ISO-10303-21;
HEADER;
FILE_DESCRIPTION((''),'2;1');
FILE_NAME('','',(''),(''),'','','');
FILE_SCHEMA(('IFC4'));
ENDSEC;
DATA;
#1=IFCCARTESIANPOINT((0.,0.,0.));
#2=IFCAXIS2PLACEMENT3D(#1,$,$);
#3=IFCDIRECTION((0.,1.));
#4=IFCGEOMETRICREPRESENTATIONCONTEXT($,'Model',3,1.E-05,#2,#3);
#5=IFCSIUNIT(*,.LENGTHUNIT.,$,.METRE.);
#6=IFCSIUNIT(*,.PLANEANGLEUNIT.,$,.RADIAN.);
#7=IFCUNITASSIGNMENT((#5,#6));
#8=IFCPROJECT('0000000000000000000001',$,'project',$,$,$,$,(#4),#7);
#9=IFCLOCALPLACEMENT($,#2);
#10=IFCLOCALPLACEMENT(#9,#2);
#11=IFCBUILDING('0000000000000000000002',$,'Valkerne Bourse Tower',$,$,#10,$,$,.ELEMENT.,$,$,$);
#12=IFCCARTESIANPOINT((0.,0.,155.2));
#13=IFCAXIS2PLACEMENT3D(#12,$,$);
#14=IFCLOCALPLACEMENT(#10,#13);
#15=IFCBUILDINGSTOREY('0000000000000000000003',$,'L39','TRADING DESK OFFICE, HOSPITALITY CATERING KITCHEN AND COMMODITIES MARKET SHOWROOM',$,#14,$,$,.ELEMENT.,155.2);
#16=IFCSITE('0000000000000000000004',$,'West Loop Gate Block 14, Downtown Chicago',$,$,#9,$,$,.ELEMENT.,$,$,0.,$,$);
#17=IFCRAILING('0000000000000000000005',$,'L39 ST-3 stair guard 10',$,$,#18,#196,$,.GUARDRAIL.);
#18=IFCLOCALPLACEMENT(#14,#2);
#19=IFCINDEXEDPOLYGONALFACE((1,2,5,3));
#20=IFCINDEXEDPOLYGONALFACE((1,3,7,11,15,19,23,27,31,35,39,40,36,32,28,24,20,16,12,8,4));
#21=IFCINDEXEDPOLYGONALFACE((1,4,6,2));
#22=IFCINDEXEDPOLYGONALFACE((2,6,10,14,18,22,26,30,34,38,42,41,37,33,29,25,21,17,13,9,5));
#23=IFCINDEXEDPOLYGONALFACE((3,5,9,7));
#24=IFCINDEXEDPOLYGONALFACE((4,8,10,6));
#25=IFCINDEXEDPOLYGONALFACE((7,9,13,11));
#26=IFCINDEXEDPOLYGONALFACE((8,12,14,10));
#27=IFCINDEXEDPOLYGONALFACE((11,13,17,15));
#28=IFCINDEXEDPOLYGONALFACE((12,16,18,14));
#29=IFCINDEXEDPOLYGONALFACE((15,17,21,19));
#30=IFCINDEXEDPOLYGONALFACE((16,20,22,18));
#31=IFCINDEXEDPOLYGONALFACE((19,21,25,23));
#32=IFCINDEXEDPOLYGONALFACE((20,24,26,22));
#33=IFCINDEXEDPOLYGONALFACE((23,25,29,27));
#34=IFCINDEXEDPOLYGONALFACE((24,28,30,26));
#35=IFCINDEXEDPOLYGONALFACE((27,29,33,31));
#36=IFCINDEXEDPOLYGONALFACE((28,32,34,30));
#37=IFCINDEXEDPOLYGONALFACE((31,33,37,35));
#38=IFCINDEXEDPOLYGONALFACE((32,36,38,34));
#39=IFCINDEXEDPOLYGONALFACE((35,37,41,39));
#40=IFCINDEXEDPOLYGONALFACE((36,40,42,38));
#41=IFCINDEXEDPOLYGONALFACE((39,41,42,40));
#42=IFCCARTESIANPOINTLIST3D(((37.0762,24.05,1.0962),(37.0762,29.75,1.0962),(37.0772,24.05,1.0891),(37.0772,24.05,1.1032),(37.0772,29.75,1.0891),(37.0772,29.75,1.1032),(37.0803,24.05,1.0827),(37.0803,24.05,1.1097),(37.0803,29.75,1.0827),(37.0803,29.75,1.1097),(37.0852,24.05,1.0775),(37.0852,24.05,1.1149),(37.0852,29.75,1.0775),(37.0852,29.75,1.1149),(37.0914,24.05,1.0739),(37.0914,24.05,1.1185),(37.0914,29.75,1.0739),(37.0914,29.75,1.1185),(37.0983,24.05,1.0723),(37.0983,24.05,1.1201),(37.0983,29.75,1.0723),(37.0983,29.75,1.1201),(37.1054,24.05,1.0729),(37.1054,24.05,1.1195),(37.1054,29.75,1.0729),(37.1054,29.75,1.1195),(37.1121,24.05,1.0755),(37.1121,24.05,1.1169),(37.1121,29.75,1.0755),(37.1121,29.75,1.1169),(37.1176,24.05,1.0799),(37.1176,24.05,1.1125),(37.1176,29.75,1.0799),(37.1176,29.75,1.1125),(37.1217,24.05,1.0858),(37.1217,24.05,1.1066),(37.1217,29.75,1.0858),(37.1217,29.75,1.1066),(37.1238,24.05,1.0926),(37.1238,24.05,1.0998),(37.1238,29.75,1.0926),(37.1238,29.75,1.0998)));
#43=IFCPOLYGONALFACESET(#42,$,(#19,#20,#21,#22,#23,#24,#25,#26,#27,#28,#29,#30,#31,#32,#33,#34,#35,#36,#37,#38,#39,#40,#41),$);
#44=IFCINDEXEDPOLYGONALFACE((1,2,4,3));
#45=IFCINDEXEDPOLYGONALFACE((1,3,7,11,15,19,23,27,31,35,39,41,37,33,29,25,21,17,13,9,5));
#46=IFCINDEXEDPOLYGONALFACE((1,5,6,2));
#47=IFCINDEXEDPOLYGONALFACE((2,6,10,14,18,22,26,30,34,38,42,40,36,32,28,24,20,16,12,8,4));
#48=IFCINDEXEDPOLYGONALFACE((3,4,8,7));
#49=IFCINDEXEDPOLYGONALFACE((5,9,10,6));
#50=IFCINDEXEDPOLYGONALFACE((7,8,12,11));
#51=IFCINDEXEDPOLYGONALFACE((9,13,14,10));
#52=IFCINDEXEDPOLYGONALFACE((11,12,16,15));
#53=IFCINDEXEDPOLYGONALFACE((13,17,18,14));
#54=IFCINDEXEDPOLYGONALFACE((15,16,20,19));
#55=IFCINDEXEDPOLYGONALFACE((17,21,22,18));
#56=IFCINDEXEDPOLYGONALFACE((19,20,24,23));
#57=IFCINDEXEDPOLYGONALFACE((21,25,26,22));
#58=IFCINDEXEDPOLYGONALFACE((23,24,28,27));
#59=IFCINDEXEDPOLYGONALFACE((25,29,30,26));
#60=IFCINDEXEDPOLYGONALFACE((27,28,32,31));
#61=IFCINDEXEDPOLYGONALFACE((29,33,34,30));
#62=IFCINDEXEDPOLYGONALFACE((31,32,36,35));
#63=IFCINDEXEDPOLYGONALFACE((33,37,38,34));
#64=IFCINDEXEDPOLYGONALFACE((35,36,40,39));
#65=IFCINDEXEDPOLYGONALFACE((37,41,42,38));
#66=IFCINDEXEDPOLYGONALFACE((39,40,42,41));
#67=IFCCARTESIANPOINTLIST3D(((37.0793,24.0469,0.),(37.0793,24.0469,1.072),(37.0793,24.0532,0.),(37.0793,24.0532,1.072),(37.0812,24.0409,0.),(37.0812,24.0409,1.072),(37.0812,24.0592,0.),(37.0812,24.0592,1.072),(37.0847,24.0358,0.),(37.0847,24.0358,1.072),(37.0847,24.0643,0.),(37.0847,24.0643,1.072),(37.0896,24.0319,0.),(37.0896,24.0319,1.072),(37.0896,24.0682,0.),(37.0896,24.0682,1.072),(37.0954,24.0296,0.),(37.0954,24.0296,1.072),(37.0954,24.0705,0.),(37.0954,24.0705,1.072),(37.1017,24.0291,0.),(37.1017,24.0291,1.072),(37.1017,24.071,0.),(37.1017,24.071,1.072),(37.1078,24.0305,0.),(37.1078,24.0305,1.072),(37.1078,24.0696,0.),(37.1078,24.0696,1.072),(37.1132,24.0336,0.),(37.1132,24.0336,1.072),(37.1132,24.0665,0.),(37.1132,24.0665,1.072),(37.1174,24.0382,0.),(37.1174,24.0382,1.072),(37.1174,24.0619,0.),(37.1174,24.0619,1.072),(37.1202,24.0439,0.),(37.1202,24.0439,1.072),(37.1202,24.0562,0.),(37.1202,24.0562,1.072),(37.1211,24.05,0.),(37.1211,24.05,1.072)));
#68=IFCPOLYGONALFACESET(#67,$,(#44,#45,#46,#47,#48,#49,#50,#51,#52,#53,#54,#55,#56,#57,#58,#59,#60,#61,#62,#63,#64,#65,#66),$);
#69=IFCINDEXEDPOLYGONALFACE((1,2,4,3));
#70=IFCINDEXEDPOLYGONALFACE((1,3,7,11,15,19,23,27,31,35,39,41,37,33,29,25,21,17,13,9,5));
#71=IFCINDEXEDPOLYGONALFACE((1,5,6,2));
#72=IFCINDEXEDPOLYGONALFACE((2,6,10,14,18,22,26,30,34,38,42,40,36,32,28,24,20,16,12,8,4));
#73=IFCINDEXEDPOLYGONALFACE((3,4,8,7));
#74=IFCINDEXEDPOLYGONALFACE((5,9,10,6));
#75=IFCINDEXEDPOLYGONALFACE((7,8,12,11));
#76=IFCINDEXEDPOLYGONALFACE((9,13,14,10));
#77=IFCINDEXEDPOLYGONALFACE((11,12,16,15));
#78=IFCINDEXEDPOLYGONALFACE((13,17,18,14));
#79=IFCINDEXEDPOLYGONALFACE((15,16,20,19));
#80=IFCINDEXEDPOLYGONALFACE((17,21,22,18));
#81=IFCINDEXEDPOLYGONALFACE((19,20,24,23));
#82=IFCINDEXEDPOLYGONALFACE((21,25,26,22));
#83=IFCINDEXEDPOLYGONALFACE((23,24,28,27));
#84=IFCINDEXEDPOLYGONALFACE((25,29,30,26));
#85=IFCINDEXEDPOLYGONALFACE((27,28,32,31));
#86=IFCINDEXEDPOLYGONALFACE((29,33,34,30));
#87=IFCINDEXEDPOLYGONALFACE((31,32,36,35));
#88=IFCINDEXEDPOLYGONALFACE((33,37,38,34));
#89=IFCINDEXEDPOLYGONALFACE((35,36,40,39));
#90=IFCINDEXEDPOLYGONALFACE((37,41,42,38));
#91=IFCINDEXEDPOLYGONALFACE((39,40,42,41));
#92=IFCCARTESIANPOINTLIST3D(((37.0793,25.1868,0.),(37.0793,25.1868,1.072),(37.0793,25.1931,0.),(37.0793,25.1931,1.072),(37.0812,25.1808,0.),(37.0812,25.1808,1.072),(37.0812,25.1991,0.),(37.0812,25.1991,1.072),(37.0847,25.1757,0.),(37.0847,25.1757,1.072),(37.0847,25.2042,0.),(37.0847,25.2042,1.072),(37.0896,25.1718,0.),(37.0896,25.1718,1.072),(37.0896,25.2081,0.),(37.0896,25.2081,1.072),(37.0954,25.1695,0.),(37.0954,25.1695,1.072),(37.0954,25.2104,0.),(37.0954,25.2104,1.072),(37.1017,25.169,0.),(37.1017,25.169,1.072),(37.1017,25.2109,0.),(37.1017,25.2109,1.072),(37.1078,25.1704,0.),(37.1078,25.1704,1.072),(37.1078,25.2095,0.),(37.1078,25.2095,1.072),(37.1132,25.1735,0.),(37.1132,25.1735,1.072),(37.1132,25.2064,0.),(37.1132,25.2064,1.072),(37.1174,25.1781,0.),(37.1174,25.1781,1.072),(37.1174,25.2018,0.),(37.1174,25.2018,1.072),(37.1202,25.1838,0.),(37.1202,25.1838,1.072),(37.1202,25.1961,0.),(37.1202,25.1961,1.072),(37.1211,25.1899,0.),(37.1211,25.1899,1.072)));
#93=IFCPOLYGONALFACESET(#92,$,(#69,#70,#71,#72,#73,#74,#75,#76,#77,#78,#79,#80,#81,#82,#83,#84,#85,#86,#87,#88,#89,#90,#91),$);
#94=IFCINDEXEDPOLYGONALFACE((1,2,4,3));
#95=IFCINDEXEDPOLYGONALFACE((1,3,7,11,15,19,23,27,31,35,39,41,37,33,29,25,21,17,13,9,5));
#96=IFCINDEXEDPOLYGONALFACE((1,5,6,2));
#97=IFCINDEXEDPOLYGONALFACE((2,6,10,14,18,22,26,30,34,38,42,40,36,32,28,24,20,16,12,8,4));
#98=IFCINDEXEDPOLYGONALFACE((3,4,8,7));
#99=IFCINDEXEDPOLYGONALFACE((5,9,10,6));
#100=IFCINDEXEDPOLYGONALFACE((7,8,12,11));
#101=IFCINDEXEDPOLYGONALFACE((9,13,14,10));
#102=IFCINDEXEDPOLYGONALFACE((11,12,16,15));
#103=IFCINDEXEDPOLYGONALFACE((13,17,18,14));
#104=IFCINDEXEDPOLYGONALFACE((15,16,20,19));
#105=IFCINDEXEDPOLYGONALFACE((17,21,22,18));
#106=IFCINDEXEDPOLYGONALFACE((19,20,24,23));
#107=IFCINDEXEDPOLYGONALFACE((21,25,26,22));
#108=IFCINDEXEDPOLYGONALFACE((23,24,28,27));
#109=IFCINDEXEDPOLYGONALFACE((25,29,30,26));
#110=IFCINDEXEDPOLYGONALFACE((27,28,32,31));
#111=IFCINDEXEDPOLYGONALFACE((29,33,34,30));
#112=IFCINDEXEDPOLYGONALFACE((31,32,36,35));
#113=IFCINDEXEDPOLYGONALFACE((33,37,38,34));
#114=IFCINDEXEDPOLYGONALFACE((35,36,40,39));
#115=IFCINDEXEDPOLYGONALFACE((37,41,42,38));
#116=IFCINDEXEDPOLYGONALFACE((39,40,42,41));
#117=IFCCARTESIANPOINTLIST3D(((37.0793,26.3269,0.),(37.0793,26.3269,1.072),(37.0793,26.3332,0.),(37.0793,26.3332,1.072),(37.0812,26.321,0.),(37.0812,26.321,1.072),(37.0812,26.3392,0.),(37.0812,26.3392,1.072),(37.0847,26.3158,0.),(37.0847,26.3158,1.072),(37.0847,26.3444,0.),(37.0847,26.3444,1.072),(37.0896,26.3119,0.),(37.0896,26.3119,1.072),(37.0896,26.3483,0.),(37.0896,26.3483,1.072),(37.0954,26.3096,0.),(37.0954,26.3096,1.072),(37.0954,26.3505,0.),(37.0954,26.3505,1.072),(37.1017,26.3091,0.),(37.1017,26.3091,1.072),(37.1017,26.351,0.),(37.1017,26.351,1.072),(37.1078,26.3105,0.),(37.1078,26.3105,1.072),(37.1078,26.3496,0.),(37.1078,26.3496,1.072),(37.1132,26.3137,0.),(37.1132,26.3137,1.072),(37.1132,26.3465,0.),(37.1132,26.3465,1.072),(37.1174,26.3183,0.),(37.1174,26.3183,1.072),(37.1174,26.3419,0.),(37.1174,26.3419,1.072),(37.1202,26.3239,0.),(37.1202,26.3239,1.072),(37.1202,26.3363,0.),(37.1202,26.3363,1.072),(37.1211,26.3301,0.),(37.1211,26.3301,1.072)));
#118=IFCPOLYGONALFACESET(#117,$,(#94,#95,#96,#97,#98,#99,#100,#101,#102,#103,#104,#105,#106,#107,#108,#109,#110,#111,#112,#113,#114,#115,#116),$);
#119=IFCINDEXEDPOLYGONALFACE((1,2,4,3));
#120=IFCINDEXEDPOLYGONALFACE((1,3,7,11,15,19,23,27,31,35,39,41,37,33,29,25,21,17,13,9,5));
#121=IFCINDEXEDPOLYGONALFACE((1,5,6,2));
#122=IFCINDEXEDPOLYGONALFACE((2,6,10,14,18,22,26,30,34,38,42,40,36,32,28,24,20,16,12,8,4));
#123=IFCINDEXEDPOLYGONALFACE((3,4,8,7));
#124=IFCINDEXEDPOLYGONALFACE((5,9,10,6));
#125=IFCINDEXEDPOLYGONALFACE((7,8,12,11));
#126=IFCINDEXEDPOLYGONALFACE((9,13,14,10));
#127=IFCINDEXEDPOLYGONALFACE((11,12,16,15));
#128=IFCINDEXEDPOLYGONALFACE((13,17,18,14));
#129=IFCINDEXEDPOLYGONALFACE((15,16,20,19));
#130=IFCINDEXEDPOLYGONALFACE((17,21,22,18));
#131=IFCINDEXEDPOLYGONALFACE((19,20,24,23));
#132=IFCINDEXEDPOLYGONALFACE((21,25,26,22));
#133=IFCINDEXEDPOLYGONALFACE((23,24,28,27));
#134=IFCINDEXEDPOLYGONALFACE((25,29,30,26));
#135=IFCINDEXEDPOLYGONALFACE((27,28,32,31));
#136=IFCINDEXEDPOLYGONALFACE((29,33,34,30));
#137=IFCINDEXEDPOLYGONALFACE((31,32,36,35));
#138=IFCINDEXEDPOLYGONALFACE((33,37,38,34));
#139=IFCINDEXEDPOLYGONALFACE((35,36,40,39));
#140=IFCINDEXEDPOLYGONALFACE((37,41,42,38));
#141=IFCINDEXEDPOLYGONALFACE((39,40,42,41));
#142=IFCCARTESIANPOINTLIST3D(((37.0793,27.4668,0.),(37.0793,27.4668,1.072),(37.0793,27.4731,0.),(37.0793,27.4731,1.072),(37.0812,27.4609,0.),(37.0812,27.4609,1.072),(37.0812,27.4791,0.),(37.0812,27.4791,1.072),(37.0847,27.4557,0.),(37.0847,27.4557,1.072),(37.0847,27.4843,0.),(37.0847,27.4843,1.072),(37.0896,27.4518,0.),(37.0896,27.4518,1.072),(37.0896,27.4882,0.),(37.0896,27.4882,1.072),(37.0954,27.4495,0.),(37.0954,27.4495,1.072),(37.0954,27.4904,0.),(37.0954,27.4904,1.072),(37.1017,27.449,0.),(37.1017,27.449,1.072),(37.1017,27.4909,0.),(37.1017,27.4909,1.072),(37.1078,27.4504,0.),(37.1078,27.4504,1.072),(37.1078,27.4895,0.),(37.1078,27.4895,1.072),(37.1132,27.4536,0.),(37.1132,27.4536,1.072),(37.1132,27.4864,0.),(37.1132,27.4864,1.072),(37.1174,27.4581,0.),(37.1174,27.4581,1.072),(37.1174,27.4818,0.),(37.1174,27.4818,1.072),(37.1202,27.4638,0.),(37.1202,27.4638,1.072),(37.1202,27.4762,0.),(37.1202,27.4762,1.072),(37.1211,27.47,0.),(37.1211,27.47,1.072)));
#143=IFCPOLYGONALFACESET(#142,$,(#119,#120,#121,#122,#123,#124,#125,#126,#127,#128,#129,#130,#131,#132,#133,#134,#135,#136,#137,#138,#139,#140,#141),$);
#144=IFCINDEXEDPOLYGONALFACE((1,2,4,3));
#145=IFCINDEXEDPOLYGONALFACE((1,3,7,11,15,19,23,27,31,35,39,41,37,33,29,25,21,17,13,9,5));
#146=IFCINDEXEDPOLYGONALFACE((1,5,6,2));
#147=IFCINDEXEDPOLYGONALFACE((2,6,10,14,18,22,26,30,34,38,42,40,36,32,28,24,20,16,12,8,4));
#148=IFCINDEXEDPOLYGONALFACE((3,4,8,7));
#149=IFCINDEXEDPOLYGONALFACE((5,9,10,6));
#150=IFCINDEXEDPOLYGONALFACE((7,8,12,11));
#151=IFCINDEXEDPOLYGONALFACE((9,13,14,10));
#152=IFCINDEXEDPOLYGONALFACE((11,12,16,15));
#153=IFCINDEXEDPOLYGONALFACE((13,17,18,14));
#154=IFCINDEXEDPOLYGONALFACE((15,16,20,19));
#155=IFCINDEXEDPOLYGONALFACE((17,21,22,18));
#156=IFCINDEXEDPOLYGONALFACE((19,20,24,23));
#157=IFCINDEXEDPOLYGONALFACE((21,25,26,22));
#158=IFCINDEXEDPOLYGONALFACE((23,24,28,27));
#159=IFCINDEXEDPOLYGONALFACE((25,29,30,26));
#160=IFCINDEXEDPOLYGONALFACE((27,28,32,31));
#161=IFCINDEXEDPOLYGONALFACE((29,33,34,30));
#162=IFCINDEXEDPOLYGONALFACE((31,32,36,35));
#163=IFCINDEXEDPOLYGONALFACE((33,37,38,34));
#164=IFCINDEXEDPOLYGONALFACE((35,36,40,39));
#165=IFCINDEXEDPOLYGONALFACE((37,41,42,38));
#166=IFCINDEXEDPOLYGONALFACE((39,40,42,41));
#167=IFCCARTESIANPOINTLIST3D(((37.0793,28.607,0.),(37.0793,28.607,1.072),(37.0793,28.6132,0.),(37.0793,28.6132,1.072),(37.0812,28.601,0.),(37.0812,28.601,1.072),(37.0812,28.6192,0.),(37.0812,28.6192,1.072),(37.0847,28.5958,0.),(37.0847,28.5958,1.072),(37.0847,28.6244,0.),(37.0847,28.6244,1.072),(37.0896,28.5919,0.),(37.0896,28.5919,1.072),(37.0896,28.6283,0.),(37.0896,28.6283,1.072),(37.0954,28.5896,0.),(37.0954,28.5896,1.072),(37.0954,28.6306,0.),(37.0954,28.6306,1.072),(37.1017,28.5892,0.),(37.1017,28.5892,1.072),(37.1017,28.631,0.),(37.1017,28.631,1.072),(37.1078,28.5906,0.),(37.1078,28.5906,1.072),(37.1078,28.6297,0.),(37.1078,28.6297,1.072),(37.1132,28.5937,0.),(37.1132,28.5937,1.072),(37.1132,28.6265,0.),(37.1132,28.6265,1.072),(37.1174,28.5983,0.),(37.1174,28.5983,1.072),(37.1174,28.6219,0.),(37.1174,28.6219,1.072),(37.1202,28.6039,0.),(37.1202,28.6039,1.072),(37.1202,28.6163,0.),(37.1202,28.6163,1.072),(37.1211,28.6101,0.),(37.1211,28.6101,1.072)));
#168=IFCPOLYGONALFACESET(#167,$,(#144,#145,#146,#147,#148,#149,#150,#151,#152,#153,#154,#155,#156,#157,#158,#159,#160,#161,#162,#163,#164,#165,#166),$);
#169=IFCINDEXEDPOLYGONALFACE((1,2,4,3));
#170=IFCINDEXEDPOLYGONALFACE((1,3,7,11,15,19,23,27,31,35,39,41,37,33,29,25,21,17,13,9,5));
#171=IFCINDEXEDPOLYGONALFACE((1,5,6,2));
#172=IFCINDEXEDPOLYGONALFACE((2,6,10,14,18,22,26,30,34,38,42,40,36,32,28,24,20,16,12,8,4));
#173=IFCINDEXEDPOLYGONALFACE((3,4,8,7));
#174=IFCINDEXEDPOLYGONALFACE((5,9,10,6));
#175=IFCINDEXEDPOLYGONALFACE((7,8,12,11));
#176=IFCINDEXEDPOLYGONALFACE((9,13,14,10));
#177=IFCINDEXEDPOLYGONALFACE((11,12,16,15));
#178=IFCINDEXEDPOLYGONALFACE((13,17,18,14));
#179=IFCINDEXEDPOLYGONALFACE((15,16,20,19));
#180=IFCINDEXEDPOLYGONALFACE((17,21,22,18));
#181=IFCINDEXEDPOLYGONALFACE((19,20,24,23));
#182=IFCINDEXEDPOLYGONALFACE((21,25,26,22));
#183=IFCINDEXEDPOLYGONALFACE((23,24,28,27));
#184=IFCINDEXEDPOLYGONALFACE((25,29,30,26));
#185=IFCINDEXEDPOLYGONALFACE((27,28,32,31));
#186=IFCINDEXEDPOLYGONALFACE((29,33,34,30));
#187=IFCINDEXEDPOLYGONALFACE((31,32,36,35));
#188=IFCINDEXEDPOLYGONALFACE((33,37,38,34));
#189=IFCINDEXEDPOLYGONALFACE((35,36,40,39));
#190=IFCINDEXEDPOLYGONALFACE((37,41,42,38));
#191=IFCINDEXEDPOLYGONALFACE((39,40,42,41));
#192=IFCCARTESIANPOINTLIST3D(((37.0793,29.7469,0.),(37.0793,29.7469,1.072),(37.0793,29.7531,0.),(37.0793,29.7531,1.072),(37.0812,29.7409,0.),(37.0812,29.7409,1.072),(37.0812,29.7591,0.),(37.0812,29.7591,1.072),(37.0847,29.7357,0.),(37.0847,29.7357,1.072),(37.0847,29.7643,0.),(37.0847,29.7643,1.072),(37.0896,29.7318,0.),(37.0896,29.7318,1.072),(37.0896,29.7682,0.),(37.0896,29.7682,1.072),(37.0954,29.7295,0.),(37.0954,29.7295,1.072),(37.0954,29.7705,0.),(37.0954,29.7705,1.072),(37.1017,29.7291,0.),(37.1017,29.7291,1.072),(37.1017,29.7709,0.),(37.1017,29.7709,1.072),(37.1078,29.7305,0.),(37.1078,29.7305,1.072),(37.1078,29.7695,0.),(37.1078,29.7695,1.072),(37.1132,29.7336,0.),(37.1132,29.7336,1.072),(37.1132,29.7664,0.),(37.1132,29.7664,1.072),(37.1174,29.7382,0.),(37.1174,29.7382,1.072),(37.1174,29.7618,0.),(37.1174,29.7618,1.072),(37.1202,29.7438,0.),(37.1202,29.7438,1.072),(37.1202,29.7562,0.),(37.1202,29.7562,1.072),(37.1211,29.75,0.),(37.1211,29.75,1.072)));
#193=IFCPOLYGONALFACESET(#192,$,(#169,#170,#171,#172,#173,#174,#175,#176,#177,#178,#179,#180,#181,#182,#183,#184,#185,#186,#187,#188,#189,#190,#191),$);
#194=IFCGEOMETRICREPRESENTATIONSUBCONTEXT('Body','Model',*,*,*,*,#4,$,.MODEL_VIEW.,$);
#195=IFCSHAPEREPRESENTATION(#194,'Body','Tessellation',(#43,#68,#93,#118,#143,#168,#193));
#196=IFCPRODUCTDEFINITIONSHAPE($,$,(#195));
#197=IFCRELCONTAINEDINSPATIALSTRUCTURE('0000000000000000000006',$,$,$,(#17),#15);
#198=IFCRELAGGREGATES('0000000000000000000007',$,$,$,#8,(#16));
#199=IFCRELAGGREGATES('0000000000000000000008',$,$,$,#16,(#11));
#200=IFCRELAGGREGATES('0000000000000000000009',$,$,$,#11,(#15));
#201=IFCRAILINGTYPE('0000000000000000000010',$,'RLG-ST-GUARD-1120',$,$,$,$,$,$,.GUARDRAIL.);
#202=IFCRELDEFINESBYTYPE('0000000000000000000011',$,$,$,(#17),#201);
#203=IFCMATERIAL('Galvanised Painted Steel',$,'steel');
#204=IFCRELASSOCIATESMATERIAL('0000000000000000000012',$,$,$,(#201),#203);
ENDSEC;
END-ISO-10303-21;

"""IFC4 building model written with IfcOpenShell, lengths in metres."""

from ifc_helpers import new_model, si_unit, direction, frame, origin, origin_2d, place, context, subcontext, project, spatial, circle, extrude, material, type_object, element, save


model = new_model("IFC4")

# Units and contexts
model_context = context("Model", 3, precision=1e-05, world=origin(), true_north=direction((0.0, 1.0)))
body_context = subcontext(model_context, "Body", "Model", "MODEL_VIEW")
ifc_project = project(units=[si_unit("LENGTHUNIT", "METRE"), si_unit("PLANEANGLEUNIT", "RADIAN")], contexts=[model_context])

# Site, building, storey
site_placement = place(None, origin())
site = spatial("IfcSite", under=ifc_project, at=site_placement, Name="West Loop Gate Block 14, Downtown Chicago", CompositionType="ELEMENT", RefElevation=0.0)
building_placement = place(site_placement, origin())
building = spatial("IfcBuilding", under=site, at=building_placement, Name="Valkerne Bourse Tower", CompositionType="ELEMENT")
storey_placement = place(building_placement, frame((0.0, 0.0, 155.2)))
storey = spatial("IfcBuildingStorey", under=building, at=storey_placement, Name="L39", Description="TRADING DESK OFFICE, HOSPITALITY CATERING KITCHEN AND COMMODITIES MARKET SHOWROOM", CompositionType="ELEMENT", Elevation=155.2)

# Shared definitions
ifc_material_1 = material(Name="Galvanised Painted Steel", Category="steel")

# Railing
railing_type = type_object("IfcRailingType", Name="RLG-ST-GUARD-1120", PredefinedType="GUARDRAIL", material=ifc_material_1)
for number, where, name in (
    (1, (37.1001, 24.05, 0.0), "L39 ST-3 stair guard 10"),
):
    element("IfcRailing", number, at=place(storey_placement, frame(where)), inside=storey, type_object=railing_type, Name=name, PredefinedType="GUARDRAIL", context=body_context, shape_type="SweptSolid", body=[
        extrude(circle(Radius=0.0239, at=origin_2d()), frame((0.0, 0.0, 1.0962), z_axis=(0.0, 1.0, 0.0), x_axis=(-1.0, 0.0, 0.0)), (0.0, 0.0, 1.0), 5.7),
        extrude(circle(Radius=0.021, at=origin_2d()), origin(), (0.0, 0.0, 1.0), 1.072),
        extrude(circle(Radius=0.021, at=origin_2d()), frame((0.0, 1.1399, 0.0)), (0.0, 0.0, 1.0), 1.072),
        extrude(circle(Radius=0.021, at=origin_2d()), frame((0.0, 2.28, 0.0)), (0.0, 0.0, 1.0), 1.072),
        extrude(circle(Radius=0.021, at=origin_2d()), frame((0.0, 3.4199, 0.0)), (0.0, 0.0, 1.0), 1.072),
        extrude(circle(Radius=0.021, at=origin_2d()), frame((0.0, 4.5601, 0.0)), (0.0, 0.0, 1.0), 1.072),
        extrude(circle(Radius=0.021, at=origin_2d()), frame((0.0, 5.7, 0.0)), (0.0, 0.0, 1.0), 1.072),
    ])

save(model, "model.ifc")
